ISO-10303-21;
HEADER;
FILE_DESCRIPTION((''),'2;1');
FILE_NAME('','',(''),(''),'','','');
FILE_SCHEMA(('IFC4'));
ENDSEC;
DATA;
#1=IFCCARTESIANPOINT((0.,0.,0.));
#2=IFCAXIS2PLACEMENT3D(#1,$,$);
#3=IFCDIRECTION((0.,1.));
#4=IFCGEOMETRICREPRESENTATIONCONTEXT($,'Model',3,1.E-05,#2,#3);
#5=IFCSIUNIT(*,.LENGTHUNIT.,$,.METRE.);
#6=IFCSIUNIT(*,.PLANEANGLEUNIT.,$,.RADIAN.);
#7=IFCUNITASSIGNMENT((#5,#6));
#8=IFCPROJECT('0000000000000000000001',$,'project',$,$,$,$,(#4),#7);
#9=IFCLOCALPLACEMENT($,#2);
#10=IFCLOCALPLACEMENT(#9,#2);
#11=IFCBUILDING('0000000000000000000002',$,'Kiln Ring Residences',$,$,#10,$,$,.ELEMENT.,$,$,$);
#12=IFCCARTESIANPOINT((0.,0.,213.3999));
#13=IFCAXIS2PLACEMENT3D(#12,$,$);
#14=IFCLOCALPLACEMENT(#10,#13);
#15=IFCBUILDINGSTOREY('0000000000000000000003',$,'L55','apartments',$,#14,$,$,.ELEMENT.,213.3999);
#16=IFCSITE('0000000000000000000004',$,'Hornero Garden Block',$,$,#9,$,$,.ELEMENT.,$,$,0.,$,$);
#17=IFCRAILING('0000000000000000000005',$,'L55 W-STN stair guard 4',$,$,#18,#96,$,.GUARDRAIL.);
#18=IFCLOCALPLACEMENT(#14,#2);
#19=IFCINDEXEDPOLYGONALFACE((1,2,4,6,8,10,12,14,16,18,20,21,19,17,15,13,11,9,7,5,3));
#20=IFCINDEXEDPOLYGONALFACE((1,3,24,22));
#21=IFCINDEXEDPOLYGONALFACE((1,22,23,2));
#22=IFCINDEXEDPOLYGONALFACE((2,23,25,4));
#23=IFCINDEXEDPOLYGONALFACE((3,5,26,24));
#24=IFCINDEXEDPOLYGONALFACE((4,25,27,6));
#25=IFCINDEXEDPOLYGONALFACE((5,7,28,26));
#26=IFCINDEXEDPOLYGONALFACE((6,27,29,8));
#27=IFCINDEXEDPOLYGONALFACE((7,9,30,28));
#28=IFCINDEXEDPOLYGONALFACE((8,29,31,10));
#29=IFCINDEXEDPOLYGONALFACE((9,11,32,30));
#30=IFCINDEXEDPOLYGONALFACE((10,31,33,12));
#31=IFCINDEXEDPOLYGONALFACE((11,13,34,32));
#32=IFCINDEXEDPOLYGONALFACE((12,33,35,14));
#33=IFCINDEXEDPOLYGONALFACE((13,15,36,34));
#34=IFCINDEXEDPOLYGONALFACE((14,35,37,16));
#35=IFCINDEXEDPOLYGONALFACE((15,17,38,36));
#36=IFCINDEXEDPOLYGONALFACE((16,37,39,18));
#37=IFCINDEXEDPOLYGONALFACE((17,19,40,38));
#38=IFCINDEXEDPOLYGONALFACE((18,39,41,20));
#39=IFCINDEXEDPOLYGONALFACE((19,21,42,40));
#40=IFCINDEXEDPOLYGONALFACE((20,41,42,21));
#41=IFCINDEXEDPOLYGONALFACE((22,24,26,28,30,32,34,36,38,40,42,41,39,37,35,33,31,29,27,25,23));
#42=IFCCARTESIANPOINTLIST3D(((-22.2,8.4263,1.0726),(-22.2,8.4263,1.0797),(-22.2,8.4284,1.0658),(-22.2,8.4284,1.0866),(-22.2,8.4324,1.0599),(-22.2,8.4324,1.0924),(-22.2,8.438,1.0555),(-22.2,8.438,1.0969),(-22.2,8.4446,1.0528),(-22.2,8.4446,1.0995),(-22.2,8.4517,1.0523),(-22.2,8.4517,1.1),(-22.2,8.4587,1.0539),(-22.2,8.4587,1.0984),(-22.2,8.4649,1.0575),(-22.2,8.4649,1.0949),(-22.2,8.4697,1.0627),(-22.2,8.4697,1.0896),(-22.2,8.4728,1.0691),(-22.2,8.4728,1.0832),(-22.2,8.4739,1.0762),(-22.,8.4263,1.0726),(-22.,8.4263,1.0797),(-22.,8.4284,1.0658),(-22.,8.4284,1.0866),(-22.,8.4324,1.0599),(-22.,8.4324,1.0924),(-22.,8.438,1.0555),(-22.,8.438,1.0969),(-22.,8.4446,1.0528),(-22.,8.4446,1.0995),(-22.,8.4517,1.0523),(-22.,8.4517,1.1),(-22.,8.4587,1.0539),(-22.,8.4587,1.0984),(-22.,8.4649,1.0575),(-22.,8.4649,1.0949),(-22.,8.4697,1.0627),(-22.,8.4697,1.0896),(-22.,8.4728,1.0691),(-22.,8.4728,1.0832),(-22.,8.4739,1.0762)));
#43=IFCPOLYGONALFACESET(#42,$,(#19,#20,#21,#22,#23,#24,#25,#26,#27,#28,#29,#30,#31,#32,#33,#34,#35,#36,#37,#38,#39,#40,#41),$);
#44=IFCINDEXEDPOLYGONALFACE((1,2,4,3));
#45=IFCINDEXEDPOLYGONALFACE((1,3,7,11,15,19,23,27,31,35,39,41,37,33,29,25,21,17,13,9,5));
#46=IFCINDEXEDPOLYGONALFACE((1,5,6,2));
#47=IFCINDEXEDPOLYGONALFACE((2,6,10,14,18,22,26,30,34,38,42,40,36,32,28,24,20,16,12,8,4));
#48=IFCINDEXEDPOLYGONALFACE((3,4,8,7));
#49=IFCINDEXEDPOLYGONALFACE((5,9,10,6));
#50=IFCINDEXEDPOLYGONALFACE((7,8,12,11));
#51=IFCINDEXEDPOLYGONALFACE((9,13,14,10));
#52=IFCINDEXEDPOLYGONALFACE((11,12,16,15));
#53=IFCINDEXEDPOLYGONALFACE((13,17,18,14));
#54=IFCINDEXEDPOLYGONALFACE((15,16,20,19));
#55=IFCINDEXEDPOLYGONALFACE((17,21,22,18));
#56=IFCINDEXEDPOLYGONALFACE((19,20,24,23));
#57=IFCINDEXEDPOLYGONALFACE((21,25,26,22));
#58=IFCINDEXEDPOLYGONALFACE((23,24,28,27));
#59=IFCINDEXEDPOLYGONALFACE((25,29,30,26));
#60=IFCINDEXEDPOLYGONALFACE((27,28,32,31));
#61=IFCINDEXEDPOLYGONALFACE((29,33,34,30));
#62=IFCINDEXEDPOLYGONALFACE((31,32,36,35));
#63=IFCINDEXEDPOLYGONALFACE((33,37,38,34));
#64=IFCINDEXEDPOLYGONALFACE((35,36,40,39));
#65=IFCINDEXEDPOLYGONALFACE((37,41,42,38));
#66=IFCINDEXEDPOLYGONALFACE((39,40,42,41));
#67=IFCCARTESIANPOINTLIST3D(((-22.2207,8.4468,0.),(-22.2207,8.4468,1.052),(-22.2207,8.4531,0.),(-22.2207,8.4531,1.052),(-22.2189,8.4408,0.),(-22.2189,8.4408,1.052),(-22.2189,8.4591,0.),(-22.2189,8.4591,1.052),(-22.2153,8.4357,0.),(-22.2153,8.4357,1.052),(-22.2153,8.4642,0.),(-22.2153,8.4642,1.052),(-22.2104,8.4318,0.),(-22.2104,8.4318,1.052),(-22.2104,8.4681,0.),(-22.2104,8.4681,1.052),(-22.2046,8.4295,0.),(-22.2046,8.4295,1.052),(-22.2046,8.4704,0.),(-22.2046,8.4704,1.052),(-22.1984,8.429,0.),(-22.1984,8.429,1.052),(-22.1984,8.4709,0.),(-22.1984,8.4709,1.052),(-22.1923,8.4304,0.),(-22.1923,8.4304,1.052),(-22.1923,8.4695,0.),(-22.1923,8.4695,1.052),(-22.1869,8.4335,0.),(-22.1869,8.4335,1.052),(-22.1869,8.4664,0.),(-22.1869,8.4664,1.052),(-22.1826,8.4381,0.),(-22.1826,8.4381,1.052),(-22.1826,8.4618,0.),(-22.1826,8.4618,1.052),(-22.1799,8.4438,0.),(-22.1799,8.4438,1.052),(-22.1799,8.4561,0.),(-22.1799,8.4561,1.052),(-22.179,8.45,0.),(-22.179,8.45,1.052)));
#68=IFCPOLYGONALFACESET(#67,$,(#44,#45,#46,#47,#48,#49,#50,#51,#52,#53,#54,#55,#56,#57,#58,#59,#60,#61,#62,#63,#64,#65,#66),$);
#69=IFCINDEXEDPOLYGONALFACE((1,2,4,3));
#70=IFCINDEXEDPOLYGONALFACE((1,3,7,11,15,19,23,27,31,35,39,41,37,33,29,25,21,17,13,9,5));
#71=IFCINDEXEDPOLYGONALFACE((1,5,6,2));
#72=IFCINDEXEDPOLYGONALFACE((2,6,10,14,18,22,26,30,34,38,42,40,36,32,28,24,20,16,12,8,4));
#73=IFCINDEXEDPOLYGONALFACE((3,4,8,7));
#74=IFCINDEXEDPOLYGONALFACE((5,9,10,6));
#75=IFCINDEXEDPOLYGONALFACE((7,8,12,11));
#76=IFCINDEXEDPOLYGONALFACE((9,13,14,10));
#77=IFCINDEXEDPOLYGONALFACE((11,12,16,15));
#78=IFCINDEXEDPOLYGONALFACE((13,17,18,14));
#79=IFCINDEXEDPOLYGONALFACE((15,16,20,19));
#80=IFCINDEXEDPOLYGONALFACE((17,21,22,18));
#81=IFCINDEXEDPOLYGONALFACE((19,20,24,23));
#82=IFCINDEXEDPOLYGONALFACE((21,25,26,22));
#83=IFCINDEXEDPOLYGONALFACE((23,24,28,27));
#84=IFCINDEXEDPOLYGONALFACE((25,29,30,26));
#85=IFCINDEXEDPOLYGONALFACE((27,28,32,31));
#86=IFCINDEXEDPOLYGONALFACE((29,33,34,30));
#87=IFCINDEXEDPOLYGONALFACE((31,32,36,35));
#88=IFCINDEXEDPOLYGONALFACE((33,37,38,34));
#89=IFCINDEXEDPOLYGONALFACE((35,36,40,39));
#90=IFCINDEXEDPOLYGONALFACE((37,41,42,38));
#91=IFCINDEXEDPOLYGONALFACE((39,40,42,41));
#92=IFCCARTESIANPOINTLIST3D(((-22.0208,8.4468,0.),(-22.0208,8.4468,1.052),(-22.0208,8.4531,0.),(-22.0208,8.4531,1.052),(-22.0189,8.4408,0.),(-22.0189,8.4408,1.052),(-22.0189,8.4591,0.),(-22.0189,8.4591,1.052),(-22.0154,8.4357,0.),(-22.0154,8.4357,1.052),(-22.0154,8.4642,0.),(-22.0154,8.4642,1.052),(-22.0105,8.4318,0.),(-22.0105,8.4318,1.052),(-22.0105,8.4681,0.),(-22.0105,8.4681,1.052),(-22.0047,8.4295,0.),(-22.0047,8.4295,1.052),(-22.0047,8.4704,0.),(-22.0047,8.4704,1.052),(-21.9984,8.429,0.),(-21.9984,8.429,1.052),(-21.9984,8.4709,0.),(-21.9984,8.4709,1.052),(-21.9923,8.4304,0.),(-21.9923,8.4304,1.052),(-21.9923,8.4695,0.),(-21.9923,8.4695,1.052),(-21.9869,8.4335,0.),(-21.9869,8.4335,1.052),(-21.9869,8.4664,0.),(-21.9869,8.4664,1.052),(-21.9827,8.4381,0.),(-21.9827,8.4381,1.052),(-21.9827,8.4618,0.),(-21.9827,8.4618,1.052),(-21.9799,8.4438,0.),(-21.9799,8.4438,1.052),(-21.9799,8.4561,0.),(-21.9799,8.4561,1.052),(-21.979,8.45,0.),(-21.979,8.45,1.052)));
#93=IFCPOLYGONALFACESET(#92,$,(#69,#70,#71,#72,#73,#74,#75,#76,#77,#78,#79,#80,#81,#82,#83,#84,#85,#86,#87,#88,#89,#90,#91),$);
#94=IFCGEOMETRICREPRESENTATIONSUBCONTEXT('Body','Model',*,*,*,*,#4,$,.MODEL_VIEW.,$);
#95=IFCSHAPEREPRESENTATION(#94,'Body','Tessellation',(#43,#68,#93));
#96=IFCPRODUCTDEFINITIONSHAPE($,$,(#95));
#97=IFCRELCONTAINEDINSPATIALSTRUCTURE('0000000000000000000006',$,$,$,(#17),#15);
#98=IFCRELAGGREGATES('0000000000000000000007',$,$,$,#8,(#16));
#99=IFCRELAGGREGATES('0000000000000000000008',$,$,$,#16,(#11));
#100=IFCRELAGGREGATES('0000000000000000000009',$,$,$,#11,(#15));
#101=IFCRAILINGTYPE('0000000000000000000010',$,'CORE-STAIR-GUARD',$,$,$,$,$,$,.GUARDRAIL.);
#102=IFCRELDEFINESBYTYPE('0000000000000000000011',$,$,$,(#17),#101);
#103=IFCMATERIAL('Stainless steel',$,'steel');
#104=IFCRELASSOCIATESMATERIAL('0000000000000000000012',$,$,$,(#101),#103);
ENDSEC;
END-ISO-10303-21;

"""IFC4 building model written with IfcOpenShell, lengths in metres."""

from ifc_helpers import new_model, si_unit, direction, frame, origin, origin_2d, place, context, subcontext, project, spatial, circle, extrude, material, type_object, element, save


model = new_model("IFC4")

# Units and contexts
model_context = context("Model", 3, precision=1e-05, world=origin(), true_north=direction((0.0, 1.0)))
body_context = subcontext(model_context, "Body", "Model", "MODEL_VIEW")
ifc_project = project(units=[si_unit("LENGTHUNIT", "METRE"), si_unit("PLANEANGLEUNIT", "RADIAN")], contexts=[model_context])

# Site, building, storey
site_placement = place(None, origin())
site = spatial("IfcSite", under=ifc_project, at=site_placement, Name="Hornero Garden Block", CompositionType="ELEMENT", RefElevation=0.0)
building_placement = place(site_placement, origin())
building = spatial("IfcBuilding", under=site, at=building_placement, Name="Kiln Ring Residences", CompositionType="ELEMENT")
storey_placement = place(building_placement, frame((0.0, 0.0, 213.3999)))
storey = spatial("IfcBuildingStorey", under=building, at=storey_placement, Name="L55", Description="apartments", CompositionType="ELEMENT", Elevation=213.3999)

# Railing
ifc_material_1 = material(Name="Stainless steel", Category="steel")
railing_type_1 = type_object("IfcRailingType", Name="CORE-STAIR-GUARD", PredefinedType="GUARDRAIL", material=ifc_material_1)
railing_1_placement = place(storey_placement, frame((-22.2, 8.45, 0.0)))
element("IfcRailing", 1, at=railing_1_placement, inside=storey, type_object=railing_type_1, Name="L55 W-STN stair guard 4", PredefinedType="GUARDRAIL", context=body_context, shape_type="SweptSolid", body=[
    extrude(circle(Radius=0.0239, at=origin_2d()), frame((0.0, 0.0, 1.0762), z_axis=(1.0, 0.0, 0.0), x_axis=(0.0, 1.0, 0.0)), (0.0, 0.0, 1.0), 0.2),
    extrude(circle(Radius=0.021, at=origin_2d()), origin(), (0.0, 0.0, 1.0), 1.052),
    extrude(circle(Radius=0.021, at=origin_2d()), frame((0.2, 0.0, 0.0)), (0.0, 0.0, 1.0), 1.052),
])

save(model, "model.ifc")
